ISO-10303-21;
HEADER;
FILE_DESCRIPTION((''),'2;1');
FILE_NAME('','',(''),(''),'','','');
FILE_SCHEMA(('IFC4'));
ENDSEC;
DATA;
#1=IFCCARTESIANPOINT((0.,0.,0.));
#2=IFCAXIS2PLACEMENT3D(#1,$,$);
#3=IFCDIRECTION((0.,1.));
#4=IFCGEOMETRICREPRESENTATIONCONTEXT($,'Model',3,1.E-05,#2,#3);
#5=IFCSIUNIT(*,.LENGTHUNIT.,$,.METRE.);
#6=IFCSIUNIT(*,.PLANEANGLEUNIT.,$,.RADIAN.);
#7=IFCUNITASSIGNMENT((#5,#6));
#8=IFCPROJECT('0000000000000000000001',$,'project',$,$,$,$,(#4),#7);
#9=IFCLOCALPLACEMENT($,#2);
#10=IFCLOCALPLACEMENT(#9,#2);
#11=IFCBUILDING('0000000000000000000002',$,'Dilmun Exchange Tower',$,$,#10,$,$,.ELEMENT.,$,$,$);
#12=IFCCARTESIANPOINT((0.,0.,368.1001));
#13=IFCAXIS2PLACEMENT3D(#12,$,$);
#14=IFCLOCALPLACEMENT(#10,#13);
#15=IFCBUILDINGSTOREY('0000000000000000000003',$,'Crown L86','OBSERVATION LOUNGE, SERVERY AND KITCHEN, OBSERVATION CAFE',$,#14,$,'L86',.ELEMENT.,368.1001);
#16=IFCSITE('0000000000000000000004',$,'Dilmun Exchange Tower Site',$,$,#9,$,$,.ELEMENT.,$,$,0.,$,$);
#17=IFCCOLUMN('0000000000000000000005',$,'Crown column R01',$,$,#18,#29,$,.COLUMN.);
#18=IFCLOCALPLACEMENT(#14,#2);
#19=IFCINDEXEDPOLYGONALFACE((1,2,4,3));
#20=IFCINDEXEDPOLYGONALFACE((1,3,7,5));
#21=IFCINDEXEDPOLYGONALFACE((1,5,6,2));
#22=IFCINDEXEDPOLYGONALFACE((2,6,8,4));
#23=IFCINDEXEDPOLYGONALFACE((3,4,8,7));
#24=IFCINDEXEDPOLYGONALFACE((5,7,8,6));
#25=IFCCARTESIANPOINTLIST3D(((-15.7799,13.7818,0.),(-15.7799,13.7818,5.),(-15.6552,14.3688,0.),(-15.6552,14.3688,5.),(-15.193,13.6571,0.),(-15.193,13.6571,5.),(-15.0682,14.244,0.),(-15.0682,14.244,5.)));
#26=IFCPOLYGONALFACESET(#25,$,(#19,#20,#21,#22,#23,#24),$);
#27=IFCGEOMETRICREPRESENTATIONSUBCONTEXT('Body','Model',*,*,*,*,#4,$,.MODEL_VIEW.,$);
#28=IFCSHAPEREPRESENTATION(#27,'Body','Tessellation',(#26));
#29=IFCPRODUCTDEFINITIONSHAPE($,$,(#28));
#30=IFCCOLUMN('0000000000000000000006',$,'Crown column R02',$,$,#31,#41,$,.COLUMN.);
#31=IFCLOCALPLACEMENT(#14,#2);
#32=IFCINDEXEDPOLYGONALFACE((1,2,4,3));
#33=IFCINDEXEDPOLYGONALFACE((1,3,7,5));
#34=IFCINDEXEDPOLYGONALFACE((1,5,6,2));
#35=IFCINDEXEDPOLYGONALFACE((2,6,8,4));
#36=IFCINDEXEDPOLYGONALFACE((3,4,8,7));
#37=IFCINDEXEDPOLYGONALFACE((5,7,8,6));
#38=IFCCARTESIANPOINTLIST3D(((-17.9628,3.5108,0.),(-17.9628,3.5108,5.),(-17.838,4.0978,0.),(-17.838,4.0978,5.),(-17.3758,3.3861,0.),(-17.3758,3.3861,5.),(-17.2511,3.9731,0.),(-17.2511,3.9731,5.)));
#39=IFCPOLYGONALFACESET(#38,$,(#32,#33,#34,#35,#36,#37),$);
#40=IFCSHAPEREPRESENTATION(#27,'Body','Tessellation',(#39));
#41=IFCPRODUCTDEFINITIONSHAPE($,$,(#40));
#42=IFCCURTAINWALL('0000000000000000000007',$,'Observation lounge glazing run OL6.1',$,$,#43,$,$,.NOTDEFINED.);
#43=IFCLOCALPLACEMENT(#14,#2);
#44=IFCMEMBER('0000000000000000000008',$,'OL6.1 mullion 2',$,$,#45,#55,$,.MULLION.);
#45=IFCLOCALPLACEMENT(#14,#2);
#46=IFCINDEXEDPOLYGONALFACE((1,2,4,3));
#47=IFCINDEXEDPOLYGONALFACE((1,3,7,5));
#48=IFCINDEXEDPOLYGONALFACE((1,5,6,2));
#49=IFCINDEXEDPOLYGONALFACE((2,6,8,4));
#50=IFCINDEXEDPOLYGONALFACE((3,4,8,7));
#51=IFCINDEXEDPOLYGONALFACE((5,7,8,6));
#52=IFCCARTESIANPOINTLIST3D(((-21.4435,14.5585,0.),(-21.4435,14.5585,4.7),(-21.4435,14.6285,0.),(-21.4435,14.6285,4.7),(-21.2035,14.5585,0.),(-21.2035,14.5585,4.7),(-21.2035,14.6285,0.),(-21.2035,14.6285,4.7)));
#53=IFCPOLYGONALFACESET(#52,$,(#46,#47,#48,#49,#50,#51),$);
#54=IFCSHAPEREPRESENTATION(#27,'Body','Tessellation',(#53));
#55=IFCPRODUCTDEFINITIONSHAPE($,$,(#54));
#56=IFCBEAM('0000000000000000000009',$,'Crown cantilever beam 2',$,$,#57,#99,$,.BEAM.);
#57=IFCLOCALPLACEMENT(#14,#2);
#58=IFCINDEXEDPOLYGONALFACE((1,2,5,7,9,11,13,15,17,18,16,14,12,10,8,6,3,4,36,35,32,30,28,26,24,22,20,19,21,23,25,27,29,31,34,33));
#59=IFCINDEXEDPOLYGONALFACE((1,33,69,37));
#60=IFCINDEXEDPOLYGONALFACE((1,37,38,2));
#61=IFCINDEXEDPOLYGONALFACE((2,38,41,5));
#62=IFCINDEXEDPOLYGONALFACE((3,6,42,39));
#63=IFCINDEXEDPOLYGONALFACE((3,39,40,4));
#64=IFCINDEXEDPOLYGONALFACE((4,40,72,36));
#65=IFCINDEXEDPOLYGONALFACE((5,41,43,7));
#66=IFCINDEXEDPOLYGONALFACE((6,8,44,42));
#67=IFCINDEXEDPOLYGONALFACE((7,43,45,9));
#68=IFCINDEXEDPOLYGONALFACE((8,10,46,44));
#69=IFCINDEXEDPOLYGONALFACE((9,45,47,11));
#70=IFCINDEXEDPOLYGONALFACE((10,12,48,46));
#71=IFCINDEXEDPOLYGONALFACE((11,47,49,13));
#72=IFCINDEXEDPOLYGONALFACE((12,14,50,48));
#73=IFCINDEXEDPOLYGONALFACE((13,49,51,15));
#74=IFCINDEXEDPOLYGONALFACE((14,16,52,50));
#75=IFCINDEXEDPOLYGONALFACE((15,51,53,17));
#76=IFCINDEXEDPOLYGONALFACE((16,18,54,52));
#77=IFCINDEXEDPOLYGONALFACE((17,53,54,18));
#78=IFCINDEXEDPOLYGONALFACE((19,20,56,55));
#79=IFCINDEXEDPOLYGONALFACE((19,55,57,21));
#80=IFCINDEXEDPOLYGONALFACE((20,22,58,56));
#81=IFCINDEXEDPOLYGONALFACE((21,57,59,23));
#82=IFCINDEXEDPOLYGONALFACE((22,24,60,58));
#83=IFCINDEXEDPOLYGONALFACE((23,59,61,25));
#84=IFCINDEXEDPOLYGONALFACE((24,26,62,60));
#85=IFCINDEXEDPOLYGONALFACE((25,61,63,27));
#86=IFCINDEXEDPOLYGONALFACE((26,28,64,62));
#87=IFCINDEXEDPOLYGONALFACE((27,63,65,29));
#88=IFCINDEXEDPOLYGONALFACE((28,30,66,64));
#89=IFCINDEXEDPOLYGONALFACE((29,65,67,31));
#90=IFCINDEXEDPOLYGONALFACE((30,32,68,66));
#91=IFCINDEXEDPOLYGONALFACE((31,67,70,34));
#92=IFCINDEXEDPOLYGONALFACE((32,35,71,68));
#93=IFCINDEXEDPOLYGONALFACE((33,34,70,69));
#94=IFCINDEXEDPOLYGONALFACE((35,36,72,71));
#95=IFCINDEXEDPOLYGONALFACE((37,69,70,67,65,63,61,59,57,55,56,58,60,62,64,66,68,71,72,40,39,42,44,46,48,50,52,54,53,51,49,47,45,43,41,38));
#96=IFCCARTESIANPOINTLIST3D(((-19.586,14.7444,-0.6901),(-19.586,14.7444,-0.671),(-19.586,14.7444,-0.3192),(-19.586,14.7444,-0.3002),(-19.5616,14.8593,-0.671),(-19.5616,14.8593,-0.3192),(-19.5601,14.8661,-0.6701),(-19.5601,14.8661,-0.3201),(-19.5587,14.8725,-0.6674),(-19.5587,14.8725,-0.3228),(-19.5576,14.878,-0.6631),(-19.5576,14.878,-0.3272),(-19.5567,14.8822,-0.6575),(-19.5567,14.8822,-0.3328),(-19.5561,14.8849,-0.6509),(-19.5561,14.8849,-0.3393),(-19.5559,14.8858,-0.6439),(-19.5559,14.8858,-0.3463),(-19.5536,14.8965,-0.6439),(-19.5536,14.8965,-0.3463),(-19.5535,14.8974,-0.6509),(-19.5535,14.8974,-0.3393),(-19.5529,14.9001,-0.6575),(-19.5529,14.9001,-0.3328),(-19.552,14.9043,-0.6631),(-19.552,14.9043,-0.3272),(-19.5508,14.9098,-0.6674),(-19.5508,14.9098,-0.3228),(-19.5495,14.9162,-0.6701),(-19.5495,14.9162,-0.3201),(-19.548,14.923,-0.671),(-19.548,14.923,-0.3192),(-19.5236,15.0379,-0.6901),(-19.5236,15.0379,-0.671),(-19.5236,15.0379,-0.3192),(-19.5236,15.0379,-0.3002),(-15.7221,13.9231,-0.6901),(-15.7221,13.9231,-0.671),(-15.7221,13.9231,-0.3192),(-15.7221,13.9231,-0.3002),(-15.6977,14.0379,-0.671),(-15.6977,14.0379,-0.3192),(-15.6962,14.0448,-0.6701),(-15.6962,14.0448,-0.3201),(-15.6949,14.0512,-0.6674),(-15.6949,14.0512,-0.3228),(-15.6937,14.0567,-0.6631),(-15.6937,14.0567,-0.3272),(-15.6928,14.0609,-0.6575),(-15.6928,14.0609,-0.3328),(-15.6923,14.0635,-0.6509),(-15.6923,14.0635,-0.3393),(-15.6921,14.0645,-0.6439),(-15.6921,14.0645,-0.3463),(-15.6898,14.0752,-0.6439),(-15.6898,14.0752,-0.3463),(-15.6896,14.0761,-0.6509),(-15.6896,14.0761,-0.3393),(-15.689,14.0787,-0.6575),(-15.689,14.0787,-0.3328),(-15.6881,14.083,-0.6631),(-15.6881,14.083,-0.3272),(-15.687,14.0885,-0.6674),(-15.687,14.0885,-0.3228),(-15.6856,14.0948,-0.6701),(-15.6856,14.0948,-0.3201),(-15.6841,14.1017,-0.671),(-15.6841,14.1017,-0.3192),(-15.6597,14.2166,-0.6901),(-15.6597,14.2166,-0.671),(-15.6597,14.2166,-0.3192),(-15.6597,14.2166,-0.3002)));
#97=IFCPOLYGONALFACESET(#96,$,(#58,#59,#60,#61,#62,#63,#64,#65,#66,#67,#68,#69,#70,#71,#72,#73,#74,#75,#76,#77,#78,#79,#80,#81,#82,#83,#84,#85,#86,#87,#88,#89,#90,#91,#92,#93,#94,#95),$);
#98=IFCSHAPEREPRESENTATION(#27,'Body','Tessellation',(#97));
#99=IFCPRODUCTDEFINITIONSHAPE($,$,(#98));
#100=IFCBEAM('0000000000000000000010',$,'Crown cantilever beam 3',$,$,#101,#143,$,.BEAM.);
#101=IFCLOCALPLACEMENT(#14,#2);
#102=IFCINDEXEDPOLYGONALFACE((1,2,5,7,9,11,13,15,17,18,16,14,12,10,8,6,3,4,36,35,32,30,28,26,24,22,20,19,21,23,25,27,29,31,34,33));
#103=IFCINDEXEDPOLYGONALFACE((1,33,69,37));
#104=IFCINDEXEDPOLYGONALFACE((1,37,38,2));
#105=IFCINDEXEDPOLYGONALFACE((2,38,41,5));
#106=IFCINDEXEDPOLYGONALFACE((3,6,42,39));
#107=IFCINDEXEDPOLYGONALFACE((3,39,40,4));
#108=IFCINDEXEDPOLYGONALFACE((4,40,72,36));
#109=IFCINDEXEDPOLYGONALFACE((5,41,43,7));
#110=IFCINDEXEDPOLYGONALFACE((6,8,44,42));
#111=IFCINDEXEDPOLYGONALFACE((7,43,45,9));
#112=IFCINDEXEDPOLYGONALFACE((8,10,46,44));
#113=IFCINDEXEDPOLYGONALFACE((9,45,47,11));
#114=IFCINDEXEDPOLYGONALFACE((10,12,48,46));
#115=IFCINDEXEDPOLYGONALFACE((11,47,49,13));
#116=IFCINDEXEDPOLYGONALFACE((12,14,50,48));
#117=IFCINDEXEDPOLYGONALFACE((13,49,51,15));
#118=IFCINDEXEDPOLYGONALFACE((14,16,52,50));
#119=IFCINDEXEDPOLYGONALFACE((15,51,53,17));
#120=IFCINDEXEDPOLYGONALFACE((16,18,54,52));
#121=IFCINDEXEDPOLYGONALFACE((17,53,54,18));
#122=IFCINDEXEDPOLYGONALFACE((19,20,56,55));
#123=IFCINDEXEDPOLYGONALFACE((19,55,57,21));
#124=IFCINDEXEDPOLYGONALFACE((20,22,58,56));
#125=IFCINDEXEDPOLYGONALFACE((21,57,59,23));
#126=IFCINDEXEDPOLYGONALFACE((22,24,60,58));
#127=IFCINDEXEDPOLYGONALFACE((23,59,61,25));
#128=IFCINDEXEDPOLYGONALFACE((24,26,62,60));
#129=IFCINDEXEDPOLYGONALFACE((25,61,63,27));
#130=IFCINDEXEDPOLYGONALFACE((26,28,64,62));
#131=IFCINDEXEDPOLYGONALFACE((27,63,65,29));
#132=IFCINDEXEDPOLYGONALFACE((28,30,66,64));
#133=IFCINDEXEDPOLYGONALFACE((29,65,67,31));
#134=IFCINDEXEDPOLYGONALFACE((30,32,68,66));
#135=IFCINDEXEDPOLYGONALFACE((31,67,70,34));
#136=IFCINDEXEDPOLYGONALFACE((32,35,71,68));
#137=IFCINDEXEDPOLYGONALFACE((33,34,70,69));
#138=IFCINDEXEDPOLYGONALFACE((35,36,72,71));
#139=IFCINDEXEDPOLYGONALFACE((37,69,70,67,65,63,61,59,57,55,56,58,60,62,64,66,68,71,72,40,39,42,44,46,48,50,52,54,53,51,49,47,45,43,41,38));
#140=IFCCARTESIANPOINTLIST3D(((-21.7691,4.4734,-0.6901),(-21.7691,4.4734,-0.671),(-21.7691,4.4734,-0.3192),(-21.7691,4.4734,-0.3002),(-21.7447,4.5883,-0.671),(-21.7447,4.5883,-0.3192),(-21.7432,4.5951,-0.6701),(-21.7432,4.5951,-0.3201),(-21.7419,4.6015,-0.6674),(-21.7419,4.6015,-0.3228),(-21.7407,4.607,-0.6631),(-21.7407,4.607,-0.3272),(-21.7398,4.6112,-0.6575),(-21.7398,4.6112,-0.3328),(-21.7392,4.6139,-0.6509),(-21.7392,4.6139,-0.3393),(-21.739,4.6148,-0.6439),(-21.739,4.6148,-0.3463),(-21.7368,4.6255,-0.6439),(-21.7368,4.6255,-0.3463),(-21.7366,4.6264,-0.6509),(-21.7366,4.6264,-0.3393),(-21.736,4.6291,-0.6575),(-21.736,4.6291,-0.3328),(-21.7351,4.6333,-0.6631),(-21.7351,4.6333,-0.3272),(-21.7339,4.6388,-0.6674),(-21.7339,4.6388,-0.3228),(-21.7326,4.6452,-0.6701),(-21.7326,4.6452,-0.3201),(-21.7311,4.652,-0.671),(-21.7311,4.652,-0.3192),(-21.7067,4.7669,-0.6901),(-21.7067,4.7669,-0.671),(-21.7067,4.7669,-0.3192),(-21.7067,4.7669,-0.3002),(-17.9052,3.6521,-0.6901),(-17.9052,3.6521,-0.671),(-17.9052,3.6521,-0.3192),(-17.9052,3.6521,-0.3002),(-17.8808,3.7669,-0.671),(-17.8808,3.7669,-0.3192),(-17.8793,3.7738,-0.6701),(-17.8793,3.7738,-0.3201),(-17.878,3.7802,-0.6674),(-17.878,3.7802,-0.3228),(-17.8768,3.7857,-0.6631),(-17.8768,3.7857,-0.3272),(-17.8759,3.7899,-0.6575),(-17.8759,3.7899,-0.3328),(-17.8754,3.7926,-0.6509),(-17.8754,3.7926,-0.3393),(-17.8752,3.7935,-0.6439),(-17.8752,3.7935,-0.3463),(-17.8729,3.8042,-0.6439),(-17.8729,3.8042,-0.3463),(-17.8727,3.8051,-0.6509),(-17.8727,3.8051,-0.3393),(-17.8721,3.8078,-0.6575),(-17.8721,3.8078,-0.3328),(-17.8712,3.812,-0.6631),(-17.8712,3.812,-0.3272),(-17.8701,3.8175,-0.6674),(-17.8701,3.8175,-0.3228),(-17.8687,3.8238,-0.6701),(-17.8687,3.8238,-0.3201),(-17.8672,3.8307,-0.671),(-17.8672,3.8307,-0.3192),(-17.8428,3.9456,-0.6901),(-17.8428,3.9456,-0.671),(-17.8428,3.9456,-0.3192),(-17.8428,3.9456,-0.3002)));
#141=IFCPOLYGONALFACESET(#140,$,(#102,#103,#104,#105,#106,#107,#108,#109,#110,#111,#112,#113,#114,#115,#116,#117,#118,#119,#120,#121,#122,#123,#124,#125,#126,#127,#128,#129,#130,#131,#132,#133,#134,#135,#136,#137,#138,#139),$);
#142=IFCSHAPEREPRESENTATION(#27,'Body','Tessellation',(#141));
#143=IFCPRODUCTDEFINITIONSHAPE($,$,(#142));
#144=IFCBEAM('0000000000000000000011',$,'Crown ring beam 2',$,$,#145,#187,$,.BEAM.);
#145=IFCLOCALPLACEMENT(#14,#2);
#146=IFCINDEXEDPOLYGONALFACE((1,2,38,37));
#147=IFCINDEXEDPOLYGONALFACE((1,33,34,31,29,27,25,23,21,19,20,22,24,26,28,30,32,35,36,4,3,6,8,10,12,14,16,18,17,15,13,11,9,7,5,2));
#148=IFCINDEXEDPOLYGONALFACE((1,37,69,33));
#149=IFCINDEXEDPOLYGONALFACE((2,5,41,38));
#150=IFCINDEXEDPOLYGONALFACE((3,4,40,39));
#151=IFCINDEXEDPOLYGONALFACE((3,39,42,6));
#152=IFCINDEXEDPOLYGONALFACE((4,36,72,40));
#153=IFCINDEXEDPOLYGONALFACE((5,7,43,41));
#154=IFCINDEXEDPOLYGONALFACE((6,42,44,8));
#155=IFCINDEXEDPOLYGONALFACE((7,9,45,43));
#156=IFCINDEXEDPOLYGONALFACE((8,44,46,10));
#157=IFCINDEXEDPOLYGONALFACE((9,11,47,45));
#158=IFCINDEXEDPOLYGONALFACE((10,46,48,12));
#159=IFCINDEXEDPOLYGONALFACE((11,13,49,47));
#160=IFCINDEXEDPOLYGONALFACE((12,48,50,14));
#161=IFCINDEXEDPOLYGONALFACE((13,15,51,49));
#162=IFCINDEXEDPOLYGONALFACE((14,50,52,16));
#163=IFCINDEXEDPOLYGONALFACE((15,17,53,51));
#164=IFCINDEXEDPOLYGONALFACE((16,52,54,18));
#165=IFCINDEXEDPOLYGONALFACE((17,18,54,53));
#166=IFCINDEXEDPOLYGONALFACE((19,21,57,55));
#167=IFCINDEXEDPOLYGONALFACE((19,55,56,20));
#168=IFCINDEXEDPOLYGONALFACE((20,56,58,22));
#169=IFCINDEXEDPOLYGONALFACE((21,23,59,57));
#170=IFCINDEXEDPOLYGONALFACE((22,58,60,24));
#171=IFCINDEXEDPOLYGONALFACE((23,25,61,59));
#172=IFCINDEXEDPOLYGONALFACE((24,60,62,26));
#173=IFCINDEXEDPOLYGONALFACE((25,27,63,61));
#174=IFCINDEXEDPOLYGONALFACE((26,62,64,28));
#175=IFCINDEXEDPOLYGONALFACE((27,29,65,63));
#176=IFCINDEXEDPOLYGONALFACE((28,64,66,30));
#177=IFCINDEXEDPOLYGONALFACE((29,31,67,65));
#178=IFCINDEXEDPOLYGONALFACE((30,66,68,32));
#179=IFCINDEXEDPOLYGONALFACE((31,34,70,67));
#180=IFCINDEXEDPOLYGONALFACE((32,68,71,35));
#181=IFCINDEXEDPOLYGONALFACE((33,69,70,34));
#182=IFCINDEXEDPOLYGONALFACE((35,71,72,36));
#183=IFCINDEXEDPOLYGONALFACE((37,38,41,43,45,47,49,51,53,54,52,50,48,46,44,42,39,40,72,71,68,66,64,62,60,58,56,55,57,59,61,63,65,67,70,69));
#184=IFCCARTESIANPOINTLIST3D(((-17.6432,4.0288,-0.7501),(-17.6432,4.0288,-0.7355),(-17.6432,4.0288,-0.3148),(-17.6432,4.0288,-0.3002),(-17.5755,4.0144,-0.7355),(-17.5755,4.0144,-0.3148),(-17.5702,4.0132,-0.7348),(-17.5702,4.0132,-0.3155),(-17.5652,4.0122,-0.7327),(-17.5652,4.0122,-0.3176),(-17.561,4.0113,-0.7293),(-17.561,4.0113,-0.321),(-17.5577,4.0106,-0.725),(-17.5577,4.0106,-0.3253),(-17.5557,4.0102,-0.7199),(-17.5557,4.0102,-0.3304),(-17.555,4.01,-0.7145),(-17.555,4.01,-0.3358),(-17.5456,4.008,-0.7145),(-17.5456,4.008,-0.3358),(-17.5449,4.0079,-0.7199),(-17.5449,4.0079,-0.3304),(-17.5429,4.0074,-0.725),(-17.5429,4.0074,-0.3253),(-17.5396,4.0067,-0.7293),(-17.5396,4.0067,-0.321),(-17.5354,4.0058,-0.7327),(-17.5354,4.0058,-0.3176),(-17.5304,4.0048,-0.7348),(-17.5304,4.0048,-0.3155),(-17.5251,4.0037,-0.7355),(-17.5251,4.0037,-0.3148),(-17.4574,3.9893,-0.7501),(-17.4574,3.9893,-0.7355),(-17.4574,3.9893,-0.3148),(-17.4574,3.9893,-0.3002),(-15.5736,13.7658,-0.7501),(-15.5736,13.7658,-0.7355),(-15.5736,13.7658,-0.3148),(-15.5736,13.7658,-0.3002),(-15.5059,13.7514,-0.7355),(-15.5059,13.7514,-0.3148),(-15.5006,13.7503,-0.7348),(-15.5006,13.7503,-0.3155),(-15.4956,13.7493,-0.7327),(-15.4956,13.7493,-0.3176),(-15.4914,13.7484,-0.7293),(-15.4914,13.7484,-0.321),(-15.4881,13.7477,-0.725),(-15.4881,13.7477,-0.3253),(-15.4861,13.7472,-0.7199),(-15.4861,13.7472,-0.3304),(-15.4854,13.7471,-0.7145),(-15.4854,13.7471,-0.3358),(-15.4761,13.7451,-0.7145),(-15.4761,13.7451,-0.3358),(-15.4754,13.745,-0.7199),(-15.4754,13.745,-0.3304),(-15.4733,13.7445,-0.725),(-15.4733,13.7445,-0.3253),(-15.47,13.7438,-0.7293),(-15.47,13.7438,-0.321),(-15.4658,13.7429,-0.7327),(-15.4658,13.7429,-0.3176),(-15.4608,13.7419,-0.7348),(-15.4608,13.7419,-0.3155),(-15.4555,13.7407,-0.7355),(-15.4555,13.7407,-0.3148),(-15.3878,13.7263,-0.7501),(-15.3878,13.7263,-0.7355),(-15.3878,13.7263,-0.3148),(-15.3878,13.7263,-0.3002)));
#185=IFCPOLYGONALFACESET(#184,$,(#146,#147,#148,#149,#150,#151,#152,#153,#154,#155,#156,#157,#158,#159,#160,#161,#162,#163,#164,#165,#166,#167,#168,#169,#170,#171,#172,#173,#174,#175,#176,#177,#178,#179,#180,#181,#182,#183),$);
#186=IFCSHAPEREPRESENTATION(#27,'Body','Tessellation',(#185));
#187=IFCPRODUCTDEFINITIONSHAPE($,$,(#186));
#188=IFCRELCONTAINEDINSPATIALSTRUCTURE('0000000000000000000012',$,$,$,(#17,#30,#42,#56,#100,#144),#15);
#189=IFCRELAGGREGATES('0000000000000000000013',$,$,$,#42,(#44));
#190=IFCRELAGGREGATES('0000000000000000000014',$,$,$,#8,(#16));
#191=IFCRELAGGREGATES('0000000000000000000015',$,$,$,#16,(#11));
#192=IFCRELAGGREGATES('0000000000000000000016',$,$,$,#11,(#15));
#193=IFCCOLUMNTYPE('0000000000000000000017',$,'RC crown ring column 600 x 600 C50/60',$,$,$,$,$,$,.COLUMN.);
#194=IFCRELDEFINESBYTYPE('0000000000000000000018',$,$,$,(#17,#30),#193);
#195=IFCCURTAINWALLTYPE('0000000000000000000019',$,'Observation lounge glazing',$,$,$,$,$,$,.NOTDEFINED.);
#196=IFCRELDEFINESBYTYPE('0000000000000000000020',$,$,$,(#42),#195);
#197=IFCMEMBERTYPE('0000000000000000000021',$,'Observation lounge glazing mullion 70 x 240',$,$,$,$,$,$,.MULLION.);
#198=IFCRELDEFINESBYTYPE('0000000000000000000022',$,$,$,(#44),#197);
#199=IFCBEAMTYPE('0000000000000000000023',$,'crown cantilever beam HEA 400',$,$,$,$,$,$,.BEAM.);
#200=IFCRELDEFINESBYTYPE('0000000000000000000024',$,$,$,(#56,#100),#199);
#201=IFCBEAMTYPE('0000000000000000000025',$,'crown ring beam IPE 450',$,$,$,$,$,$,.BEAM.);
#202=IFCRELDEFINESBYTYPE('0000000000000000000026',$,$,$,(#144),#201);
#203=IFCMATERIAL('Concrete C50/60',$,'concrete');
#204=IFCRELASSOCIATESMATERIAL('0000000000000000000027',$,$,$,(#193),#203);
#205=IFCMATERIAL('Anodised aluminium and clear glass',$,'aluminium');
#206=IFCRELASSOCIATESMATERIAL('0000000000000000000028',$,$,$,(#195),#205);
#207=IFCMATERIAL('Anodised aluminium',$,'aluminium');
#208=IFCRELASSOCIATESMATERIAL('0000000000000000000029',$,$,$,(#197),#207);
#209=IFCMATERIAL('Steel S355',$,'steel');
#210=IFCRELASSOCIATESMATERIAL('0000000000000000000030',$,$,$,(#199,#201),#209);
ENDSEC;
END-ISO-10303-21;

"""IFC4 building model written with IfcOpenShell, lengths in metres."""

from ifc_helpers import new_model, si_unit, direction, frame, origin, origin_2d, place, context, subcontext, project, spatial, rectangle, i_section, extrude, material, material_profile, profile_set, type_object, element, aggregate, save


model = new_model("IFC4")

# Units and contexts
model_context = context("Model", 3, precision=1e-05, world=origin(), true_north=direction((0.0, 1.0)))
body_context = subcontext(model_context, "Body", "Model", "MODEL_VIEW")
ifc_project = project(units=[si_unit("LENGTHUNIT", "METRE"), si_unit("PLANEANGLEUNIT", "RADIAN")], contexts=[model_context])

# Site, building, storey
site_placement = place(None, origin())
site = spatial("IfcSite", under=ifc_project, at=site_placement, Name="Dilmun Exchange Tower Site", CompositionType="ELEMENT", RefElevation=0.0)
building_placement = place(site_placement, origin())
building = spatial("IfcBuilding", under=site, at=building_placement, Name="Dilmun Exchange Tower", CompositionType="ELEMENT")
storey_placement = place(building_placement, frame((0.0, 0.0, 368.1001)))
storey = spatial("IfcBuildingStorey", under=building, at=storey_placement, Name="Crown L86", Description="OBSERVATION LOUNGE, SERVERY AND KITCHEN, OBSERVATION CAFE", LongName="L86", CompositionType="ELEMENT", Elevation=368.1001)

# Columns
ifc_material_1 = material(Name="Concrete C50/60", Category="concrete")
ifc_material_profile_1 = material_profile(ifc_material_1, rectangle(XDim=0.6001, YDim=0.6001, at=origin_2d()), Name="600 x 600")
ifc_profile_set_1 = profile_set([ifc_material_profile_1], Name="Concrete C50/60")
column_type = type_object("IfcColumnType", Name="RC crown ring column 600 x 600 C50/60", PredefinedType="COLUMN", material=ifc_profile_set_1)
for number, where, z_axis, x_axis, name in (
    (1, (-15.4241, 14.0129, 0.0), (0.0, 0.0, 1.0), (0.207912, 0.978148, 0.0), "Crown column R01"),
    (2, (-17.6069, 3.7419, 0.0), (0.0, 0.0, 1.0), (0.207912, 0.978148, 0.0), "Crown column R02"),
):
    element("IfcColumn", number, at=place(storey_placement, frame(where, z_axis=z_axis, x_axis=x_axis)), inside=storey, type_object=column_type, Name=name, PredefinedType="COLUMN", context=body_context, shape_type="SweptSolid", body=[
        extrude(rectangle(XDim=0.6001, YDim=0.6001, at=origin_2d()), origin(), (0.0, 0.0, 1.0), 5.0),
    ])

# Curtain wall, member
ifc_material_2 = material(Name="Anodised aluminium and clear glass", Category="aluminium")
curtain_wall_type = type_object("IfcCurtainWallType", Name="Observation lounge glazing", PredefinedType="NOTDEFINED", material=ifc_material_2)
curtain_wall_placement = place(storey_placement, origin())
curtain_wall = element("IfcCurtainWall", 3, at=curtain_wall_placement, inside=storey, type_object=curtain_wall_type, Name="Observation lounge glazing run OL6.1", PredefinedType="NOTDEFINED")
ifc_material_3 = material(Name="Anodised aluminium", Category="aluminium")
ifc_material_profile_2 = material_profile(ifc_material_3, rectangle(XDim=0.24, YDim=0.0701, at=origin_2d()), Name="AL 70x240")
ifc_profile_set_2 = profile_set([ifc_material_profile_2], Name="Anodised aluminium")
member_type = type_object("IfcMemberType", Name="Observation lounge glazing mullion 70 x 240", PredefinedType="MULLION", material=ifc_profile_set_2)
member_placement = place(storey_placement, frame((-21.3235, 14.5935, 0.0), z_axis=(0.0, 0.0, 1.0), x_axis=(1.0, 0.0, 0.0)))
member = element("IfcMember", 4, at=member_placement, type_object=member_type, Name="OL6.1 mullion 2", PredefinedType="MULLION", context=body_context, shape_type="SweptSolid", body=[
    extrude(rectangle(XDim=0.24, YDim=0.0701, at=origin_2d()), origin(), (0.0, 0.0, 1.0), 4.7),
])

# Beams
ifc_material_4 = material(Name="Steel S355", Category="steel")
ifc_material_profile_3 = material_profile(ifc_material_4, i_section(OverallWidth=0.3, OverallDepth=0.3899, WebThickness=0.011, FlangeThickness=0.019, FilletRadius=0.0271, at=origin_2d()), Name="HEA 400")
ifc_profile_set_3 = profile_set([ifc_material_profile_3], Name="Steel S355")
beam_type_1 = type_object("IfcBeamType", Name="crown cantilever beam HEA 400", PredefinedType="BEAM", material=ifc_profile_set_3)
for number, where, z_axis, x_axis, name in (
    (5, (-15.6909, 14.0698, -0.4951), (-0.978147, 0.207916, 0.0), (-0.207916, -0.978147, 0.0), "Crown cantilever beam 2"),
    (6, (-17.874, 3.7988, -0.4951), (-0.978147, 0.207916, 0.0), (-0.207916, -0.978147, 0.0), "Crown cantilever beam 3"),
):
    element("IfcBeam", number, at=place(storey_placement, frame(where, z_axis=z_axis, x_axis=x_axis)), inside=storey, type_object=beam_type_1, Name=name, PredefinedType="BEAM", context=body_context, shape_type="SweptSolid", body=[
        extrude(i_section(OverallWidth=0.3, OverallDepth=0.3899, WebThickness=0.011, FlangeThickness=0.019, FilletRadius=0.0271, at=origin_2d()), origin(), (0.0, 0.0, 1.0), 3.9502),
    ])
ifc_material_profile_4 = material_profile(ifc_material_4, i_section(OverallWidth=0.1899, OverallDepth=0.45, WebThickness=0.0095, FlangeThickness=0.0146, FilletRadius=0.021, at=origin_2d()), Name="IPE 450")
ifc_profile_set_4 = profile_set([ifc_material_profile_4], Name="Steel S355")
beam_type_2 = type_object("IfcBeamType", Name="crown ring beam IPE 450", PredefinedType="BEAM", material=ifc_profile_set_4)
beam_1_placement = place(storey_placement, frame((-15.4807, 13.7461, -0.5251), z_axis=(-0.207902, -0.97815, 0.0), x_axis=(0.97815, -0.207902, 0.0)))
element("IfcBeam", 7, at=beam_1_placement, inside=storey, type_object=beam_type_2, Name="Crown ring beam 2", PredefinedType="BEAM", context=body_context, shape_type="SweptSolid", body=[
    extrude(i_section(OverallWidth=0.1899, OverallDepth=0.45, WebThickness=0.0095, FlangeThickness=0.0146, FilletRadius=0.021, at=origin_2d()), origin(), (0.0, 0.0, 1.0), 9.9546),
])

aggregate(curtain_wall, [member])

save(model, "model.ifc")
